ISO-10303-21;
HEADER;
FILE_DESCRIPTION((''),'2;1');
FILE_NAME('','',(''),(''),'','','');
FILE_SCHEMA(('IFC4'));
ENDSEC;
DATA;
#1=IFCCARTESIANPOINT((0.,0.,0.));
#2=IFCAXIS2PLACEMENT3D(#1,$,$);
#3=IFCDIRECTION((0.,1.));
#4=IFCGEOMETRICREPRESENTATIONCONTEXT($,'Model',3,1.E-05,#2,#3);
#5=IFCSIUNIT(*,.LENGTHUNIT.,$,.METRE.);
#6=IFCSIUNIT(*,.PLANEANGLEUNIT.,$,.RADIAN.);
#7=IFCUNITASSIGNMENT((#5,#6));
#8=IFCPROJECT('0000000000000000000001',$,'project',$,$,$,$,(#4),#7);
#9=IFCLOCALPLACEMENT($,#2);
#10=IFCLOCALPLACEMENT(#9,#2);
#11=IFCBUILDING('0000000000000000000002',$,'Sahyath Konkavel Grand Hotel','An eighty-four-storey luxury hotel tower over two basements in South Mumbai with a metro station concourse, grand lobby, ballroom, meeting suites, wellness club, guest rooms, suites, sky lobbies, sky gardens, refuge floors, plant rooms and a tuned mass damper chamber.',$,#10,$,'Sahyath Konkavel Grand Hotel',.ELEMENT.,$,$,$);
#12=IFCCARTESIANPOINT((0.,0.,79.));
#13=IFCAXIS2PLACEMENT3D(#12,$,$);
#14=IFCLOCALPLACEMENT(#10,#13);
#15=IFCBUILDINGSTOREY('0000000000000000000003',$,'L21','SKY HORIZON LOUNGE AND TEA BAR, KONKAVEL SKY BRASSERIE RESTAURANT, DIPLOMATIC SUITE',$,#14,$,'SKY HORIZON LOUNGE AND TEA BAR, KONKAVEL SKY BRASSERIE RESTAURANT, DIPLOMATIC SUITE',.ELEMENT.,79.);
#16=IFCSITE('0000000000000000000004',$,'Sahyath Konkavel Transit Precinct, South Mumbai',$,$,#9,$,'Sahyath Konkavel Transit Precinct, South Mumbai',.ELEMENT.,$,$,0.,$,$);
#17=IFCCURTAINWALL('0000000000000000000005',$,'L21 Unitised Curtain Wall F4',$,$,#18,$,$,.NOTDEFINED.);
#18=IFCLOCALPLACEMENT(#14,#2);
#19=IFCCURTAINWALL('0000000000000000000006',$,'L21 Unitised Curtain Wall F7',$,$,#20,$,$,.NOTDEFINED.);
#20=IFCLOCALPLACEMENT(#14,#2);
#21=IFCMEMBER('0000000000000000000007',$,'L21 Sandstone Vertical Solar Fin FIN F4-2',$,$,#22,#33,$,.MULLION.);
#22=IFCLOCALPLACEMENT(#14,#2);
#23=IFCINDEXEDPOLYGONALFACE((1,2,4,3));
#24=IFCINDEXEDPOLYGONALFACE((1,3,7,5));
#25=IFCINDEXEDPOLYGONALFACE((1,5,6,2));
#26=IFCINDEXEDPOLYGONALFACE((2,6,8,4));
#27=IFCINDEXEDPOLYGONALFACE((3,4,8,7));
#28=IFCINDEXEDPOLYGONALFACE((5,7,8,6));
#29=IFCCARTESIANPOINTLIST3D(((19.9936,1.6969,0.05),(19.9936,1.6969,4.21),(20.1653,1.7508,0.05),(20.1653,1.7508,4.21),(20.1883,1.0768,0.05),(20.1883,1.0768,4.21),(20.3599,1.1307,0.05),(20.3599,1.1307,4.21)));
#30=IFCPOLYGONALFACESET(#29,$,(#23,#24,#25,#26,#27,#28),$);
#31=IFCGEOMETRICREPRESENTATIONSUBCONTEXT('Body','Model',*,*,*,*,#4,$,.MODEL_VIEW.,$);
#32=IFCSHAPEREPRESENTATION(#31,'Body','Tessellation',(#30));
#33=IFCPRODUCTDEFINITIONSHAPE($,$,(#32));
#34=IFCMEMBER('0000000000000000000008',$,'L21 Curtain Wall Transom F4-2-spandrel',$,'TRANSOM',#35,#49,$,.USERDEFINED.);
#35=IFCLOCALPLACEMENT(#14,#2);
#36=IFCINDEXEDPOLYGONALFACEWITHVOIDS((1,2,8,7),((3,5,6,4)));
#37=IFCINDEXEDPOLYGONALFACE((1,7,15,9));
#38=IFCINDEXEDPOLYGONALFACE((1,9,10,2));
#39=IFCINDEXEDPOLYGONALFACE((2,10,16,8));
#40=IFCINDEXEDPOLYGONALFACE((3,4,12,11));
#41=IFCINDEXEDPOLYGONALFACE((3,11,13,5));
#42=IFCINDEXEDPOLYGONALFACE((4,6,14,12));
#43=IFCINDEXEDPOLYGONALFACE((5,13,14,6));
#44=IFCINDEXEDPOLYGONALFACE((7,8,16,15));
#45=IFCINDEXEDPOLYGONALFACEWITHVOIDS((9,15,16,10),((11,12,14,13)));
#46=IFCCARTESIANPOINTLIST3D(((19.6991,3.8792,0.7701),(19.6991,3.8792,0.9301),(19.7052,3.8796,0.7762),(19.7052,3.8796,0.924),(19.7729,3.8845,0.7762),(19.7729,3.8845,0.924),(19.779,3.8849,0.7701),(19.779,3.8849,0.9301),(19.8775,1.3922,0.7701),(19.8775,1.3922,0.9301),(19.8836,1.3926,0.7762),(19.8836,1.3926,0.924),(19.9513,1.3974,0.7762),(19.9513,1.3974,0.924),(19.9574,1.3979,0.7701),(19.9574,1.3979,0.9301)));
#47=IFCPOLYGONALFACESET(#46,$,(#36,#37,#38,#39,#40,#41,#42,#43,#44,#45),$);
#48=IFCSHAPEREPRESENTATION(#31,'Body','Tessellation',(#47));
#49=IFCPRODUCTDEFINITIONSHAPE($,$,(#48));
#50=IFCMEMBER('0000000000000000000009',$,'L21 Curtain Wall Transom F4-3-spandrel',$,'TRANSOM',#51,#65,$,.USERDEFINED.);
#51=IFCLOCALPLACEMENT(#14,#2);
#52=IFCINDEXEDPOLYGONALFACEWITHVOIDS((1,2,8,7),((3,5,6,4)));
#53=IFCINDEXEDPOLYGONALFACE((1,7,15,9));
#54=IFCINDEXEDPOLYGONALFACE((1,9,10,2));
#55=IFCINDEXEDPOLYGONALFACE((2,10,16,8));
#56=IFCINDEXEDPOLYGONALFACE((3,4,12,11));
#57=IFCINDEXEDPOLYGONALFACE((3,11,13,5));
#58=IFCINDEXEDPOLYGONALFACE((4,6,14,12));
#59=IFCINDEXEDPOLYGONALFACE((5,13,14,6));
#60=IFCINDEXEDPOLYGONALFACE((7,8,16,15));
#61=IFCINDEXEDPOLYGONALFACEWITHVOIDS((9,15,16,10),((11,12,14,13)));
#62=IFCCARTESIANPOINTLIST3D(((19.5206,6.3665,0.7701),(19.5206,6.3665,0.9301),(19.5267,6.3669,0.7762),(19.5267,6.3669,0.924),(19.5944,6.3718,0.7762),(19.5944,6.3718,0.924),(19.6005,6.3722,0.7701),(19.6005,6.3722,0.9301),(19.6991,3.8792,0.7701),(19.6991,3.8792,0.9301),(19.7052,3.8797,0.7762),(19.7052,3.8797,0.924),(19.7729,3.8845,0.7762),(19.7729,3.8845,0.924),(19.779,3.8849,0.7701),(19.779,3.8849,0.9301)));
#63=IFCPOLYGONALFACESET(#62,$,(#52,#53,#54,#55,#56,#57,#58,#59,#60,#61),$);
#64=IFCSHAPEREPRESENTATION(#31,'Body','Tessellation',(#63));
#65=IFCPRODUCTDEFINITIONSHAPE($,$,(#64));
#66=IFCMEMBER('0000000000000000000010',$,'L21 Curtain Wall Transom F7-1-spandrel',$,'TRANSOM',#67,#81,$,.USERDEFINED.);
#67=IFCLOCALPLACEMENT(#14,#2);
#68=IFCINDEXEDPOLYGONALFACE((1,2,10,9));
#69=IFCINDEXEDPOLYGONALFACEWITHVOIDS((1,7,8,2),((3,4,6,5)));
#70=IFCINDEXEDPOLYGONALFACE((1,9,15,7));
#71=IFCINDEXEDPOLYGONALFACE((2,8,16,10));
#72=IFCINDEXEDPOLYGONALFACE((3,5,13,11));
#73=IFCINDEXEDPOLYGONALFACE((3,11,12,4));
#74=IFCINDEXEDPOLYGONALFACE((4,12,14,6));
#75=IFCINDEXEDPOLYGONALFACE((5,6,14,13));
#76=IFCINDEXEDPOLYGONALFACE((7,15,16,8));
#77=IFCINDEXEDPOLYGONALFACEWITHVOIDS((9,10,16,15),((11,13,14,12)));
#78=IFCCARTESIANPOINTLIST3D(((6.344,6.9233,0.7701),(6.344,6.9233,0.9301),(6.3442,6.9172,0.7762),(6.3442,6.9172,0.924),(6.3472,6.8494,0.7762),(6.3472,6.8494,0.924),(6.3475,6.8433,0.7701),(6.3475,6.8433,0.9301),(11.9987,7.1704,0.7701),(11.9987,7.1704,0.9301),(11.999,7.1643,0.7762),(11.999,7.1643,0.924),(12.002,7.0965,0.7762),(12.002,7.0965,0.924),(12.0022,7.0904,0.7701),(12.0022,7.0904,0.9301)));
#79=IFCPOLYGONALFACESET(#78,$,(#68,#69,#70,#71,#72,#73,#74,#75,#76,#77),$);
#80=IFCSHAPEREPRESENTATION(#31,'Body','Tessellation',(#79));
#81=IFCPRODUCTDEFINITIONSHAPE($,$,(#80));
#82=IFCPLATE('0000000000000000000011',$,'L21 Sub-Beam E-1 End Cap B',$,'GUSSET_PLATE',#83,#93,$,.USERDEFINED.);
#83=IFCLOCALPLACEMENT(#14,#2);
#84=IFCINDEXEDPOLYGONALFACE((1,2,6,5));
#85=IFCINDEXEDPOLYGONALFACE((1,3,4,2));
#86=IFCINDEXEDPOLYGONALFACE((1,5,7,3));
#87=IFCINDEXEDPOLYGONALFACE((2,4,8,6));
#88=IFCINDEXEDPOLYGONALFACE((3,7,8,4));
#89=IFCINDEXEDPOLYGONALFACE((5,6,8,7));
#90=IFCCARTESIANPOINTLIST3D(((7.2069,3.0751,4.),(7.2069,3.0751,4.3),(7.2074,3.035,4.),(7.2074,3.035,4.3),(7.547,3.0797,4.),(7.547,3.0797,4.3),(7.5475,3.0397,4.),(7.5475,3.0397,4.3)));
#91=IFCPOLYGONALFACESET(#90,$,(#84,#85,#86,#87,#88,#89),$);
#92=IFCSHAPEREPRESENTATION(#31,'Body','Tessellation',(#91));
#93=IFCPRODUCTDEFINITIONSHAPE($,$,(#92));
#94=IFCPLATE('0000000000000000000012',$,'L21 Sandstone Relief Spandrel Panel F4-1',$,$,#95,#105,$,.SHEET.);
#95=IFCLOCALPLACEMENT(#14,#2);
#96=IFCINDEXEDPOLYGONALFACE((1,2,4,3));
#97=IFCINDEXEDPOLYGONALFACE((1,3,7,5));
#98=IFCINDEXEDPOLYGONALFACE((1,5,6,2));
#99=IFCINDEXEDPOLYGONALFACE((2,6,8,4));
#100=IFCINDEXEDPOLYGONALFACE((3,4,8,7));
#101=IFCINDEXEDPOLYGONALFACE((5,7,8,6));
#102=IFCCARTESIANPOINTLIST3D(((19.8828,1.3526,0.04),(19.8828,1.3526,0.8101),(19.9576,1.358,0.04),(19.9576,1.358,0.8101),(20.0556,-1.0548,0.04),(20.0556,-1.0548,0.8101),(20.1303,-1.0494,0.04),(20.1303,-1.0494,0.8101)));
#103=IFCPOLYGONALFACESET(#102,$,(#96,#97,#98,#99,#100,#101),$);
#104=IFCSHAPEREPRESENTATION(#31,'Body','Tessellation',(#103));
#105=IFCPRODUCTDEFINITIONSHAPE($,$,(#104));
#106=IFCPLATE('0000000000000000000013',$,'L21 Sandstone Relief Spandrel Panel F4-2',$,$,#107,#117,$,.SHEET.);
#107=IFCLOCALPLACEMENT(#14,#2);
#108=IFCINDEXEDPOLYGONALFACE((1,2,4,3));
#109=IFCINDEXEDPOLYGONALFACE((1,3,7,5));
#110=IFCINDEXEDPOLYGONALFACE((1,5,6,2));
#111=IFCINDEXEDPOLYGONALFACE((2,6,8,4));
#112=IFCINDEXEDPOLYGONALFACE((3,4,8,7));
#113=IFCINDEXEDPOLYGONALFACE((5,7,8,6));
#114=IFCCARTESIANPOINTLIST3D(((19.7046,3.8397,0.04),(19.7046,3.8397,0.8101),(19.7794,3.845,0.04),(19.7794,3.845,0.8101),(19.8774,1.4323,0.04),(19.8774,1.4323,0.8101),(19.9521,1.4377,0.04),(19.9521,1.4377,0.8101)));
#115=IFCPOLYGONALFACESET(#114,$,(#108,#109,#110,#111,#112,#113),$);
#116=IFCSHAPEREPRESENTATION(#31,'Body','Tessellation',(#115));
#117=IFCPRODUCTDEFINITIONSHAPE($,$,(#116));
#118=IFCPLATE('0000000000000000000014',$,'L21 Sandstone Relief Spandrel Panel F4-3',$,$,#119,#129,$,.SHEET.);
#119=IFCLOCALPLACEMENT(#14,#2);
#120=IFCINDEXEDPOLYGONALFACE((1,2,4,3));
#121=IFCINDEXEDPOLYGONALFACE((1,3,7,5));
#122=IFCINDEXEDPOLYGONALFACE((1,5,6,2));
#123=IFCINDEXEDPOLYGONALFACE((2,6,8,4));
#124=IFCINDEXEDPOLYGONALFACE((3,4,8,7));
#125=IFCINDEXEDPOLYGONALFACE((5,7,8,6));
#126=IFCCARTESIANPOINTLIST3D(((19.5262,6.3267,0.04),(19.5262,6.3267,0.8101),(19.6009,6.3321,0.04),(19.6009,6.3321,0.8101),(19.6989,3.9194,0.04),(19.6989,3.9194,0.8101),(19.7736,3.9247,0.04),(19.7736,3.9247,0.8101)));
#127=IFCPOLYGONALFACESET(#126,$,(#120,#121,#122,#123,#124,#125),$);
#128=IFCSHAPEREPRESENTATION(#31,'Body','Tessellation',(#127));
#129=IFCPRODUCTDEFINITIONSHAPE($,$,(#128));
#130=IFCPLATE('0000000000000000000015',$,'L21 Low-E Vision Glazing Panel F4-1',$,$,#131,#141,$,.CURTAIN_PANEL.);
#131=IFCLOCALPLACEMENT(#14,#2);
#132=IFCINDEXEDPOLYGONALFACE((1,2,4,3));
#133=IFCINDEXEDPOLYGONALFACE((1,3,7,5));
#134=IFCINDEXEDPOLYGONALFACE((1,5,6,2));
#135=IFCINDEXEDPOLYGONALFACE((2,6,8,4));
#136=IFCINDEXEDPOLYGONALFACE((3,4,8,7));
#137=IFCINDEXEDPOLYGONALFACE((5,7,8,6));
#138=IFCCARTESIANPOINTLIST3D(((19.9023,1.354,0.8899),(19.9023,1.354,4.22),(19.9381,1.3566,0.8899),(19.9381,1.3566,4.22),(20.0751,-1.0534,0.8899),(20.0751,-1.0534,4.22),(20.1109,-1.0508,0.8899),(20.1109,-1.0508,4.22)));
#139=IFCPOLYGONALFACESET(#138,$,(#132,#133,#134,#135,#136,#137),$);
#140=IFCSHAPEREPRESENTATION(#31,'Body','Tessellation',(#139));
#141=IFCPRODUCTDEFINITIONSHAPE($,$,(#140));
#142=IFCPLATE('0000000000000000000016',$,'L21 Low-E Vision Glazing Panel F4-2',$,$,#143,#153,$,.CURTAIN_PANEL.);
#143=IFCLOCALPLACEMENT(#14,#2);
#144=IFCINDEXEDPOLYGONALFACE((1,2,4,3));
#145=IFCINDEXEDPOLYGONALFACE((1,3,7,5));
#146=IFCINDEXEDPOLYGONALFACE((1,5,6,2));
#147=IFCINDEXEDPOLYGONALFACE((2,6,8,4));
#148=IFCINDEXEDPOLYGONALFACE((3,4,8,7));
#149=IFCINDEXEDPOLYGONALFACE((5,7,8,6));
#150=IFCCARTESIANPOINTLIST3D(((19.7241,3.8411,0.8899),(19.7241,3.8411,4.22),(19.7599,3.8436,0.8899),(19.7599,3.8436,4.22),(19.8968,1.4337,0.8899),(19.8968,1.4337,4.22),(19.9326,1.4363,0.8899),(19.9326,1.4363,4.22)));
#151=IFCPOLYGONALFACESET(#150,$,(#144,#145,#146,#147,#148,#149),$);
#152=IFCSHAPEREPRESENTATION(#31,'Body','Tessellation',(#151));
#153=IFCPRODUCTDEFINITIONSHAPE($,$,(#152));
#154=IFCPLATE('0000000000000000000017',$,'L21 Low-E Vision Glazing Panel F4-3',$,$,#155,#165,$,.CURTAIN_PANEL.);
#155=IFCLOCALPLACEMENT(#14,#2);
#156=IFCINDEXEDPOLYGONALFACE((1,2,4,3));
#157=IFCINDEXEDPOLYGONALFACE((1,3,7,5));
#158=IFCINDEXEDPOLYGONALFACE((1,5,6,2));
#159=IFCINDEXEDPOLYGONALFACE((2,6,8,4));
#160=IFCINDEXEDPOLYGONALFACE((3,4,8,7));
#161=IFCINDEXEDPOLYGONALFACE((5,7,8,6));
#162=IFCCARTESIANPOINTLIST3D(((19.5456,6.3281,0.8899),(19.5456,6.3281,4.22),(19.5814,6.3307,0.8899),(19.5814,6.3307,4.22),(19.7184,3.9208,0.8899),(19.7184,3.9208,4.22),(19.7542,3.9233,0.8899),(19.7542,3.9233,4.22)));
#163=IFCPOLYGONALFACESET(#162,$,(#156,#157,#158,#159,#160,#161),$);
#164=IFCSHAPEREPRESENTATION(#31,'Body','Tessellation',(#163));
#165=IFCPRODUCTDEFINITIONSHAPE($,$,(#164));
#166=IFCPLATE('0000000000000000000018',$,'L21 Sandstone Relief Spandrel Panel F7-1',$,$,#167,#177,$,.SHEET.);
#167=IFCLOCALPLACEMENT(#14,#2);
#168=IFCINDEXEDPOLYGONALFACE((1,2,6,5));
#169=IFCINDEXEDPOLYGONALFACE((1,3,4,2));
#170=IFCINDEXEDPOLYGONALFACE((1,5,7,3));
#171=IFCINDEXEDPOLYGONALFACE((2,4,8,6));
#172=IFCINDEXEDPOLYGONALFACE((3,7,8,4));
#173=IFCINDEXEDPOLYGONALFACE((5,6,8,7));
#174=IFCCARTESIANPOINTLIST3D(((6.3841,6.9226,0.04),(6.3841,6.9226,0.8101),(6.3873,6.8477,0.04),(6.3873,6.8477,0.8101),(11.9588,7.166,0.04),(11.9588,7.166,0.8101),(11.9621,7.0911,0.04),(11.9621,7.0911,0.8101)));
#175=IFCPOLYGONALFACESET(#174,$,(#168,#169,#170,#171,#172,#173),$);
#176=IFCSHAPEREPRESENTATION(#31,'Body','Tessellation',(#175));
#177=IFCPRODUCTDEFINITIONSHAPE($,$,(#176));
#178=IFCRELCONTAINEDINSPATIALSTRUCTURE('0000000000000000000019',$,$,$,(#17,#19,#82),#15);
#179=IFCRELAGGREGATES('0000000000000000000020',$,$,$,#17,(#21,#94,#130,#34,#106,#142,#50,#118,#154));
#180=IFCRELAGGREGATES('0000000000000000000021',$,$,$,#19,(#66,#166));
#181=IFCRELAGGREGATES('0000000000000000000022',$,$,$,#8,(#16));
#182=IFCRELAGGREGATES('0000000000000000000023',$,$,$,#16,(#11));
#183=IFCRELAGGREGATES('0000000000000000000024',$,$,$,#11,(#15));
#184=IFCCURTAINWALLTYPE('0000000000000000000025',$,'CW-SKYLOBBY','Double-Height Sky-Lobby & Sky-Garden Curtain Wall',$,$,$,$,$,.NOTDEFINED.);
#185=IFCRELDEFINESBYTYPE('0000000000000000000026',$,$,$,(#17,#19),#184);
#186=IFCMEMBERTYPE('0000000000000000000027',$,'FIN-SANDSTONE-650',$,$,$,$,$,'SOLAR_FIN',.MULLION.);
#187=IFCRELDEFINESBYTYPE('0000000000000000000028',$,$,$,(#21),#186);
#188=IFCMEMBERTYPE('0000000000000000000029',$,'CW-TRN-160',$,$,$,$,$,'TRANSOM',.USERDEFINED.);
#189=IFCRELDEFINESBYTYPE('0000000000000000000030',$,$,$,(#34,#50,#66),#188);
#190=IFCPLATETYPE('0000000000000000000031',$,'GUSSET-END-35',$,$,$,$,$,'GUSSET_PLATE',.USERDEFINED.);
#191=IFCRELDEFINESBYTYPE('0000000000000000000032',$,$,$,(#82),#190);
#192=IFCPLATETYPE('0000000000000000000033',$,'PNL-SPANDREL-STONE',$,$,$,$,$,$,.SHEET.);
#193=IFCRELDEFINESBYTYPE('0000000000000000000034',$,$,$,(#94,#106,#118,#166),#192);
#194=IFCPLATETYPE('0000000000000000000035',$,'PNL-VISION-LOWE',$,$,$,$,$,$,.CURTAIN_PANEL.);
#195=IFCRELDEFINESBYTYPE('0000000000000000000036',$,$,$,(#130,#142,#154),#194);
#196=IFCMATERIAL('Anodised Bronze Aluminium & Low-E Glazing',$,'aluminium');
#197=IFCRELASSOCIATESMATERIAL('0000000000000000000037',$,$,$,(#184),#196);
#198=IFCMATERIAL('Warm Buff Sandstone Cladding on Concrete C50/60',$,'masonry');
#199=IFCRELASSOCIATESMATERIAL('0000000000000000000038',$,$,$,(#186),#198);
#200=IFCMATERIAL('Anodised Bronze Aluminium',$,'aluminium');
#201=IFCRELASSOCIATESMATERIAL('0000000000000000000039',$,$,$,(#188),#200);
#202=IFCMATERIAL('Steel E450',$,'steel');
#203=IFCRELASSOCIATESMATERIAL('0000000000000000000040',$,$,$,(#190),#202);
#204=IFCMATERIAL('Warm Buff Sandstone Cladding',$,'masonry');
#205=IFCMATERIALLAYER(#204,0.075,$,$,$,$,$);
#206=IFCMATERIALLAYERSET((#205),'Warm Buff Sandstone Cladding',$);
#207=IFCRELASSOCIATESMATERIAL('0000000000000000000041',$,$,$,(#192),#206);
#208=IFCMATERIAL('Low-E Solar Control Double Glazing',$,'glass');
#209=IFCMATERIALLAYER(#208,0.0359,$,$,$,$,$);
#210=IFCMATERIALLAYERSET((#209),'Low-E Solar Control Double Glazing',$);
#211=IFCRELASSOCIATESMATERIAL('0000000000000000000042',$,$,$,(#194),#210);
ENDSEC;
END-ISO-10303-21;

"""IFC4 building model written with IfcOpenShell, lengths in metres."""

from ifc_helpers import new_model, si_unit, direction, frame, origin, origin_2d, place, context, subcontext, project, spatial, rectangle, hollow_rectangle, extrude, source, transform, mapped, material, layer, layer_set, material_profile, profile_set, type_object, element, aggregate, save


model = new_model("IFC4")

# Units and contexts
model_context = context("Model", 3, precision=1e-05, world=origin(), true_north=direction((0.0, 1.0)))
body_context = subcontext(model_context, "Body", "Model", "MODEL_VIEW")
ifc_project = project(units=[si_unit("LENGTHUNIT", "METRE"), si_unit("PLANEANGLEUNIT", "RADIAN")], contexts=[model_context])

# Site, building, storey
site_placement = place(None, origin())
site = spatial("IfcSite", under=ifc_project, at=site_placement, Name="Sahyath Konkavel Transit Precinct, South Mumbai", LongName="Sahyath Konkavel Transit Precinct, South Mumbai", CompositionType="ELEMENT", RefElevation=0.0)
building_placement = place(site_placement, origin())
building = spatial("IfcBuilding", under=site, at=building_placement, Name="Sahyath Konkavel Grand Hotel", Description="An eighty-four-storey luxury hotel tower over two basements in South Mumbai with a metro station concourse, grand lobby, ballroom, meeting suites, wellness club, guest rooms, suites, sky lobbies, sky gardens, refuge floors, plant rooms and a tuned mass damper chamber.", LongName="Sahyath Konkavel Grand Hotel", CompositionType="ELEMENT")
storey_placement = place(building_placement, frame((0.0, 0.0, 79.0)))
storey = spatial("IfcBuildingStorey", under=building, at=storey_placement, Name="L21", Description="SKY HORIZON LOUNGE AND TEA BAR, KONKAVEL SKY BRASSERIE RESTAURANT, DIPLOMATIC SUITE", LongName="SKY HORIZON LOUNGE AND TEA BAR, KONKAVEL SKY BRASSERIE RESTAURANT, DIPLOMATIC SUITE", CompositionType="ELEMENT", Elevation=79.0)

# Curtain wall
ifc_material_1 = material(Name="Anodised Bronze Aluminium & Low-E Glazing", Category="aluminium")
curtain_wall_type = type_object("IfcCurtainWallType", Name="CW-SKYLOBBY", Description="Double-Height Sky-Lobby & Sky-Garden Curtain Wall", PredefinedType="NOTDEFINED", material=ifc_material_1)
curtain_wall_1_placement = place(storey_placement, origin())
curtain_wall_1 = element("IfcCurtainWall", 1, at=curtain_wall_1_placement, inside=storey, type_object=curtain_wall_type, Name="L21 Unitised Curtain Wall F4", PredefinedType="NOTDEFINED")
ifc_material_2 = material(Name="Anodised Bronze Aluminium", Category="aluminium")

# Curtain wall
curtain_wall_2_placement = place(storey_placement, origin())
curtain_wall_2 = element("IfcCurtainWall", 2, at=curtain_wall_2_placement, inside=storey, type_object=curtain_wall_type, Name="L21 Unitised Curtain Wall F7", PredefinedType="NOTDEFINED")

# Members
ifc_material_3 = material(Name="Warm Buff Sandstone Cladding on Concrete C50/60", Category="masonry")
ifc_material_profile_1 = material_profile(ifc_material_3, rectangle(XDim=0.1799, YDim=0.6499, at=origin_2d()), Name="FIN 180x650")
ifc_profile_set_1 = profile_set([ifc_material_profile_1], Name="Warm Buff Sandstone Cladding on Concrete C50/60")
member_type_1 = type_object("IfcMemberType", Name="FIN-SANDSTONE-650", ElementType="SOLAR_FIN", PredefinedType="MULLION", material=ifc_profile_set_1)
shared_shape_1 = source(origin(), body_context, "Body", "SweptSolid", [
    extrude(rectangle(XDim=0.1799, YDim=0.6499, at=origin_2d()), origin(), (0.0, 0.0, 1.0), 4.1599),
])
member_1_placement = place(storey_placement, frame((20.1768, 1.4138, 0.05), z_axis=(0.0, 0.0, 1.0), x_axis=(0.954084, 0.29954, 0.0)))
member_1 = element("IfcMember", 3, at=member_1_placement, type_object=member_type_1, Name="L21 Sandstone Vertical Solar Fin FIN F4-2", PredefinedType="MULLION", context=body_context, shape_type="MappedRepresentation", body=[
    mapped(shared_shape_1, transform((0.0, 0.0, 0.0), scale=1.0)),
])
ifc_material_profile_2 = material_profile(ifc_material_2, hollow_rectangle(XDim=0.0801, YDim=0.1599, WallThickness=0.0061, at=origin_2d()), Name="RHS 160x80x6")
ifc_profile_set_2 = profile_set([ifc_material_profile_2], Name="Anodised Bronze Aluminium")
member_type_2 = type_object("IfcMemberType", Name="CW-TRN-160", ElementType="TRANSOM", PredefinedType="USERDEFINED", material=ifc_profile_set_2)
shared_shape_2 = source(origin(), body_context, "Body", "SweptSolid", [
    extrude(hollow_rectangle(XDim=0.0801, YDim=0.1599, WallThickness=0.0061, at=origin_2d()), origin(), (0.0, 0.0, 1.0), 2.4934),
])
member_2_placement = place(storey_placement, frame((19.9175, 1.395, 0.8501), z_axis=(-0.071574, 0.997435, 0.0), x_axis=(-0.997435, -0.071574, 0.0)))
member_2 = element("IfcMember", 4, at=member_2_placement, type_object=member_type_2, Name="L21 Curtain Wall Transom F4-2-spandrel", ObjectType="TRANSOM", PredefinedType="USERDEFINED", context=body_context, shape_type="MappedRepresentation", body=[
    mapped(shared_shape_2, transform((0.0, 0.0, 0.0), scale=1.0)),
])
shared_shape_3 = source(origin(), body_context, "Body", "SweptSolid", [
    extrude(hollow_rectangle(XDim=0.0801, YDim=0.1599, WallThickness=0.0061, at=origin_2d()), origin(), (0.0, 0.0, 1.0), 2.4937),
])
member_3_placement = place(storey_placement, frame((19.739, 3.8821, 0.8501), z_axis=(-0.071567, 0.997436, 0.0), x_axis=(-0.997436, -0.071567, 0.0)))
member_3 = element("IfcMember", 5, at=member_3_placement, type_object=member_type_2, Name="L21 Curtain Wall Transom F4-3-spandrel", ObjectType="TRANSOM", PredefinedType="USERDEFINED", context=body_context, shape_type="MappedRepresentation", body=[
    mapped(shared_shape_3, transform((0.0, 0.0, 0.0), scale=1.0)),
])
shared_shape_4 = source(origin(), body_context, "Body", "SweptSolid", [
    extrude(hollow_rectangle(XDim=0.0801, YDim=0.1599, WallThickness=0.0061, at=origin_2d()), origin(), (0.0, 0.0, 1.0), 5.6602),
])
member_4_placement = place(storey_placement, frame((12.0005, 7.1304, 0.8501), z_axis=(-0.999047, -0.043651, 0.0), x_axis=(0.043651, -0.999047, 0.0)))
member_4 = element("IfcMember", 6, at=member_4_placement, type_object=member_type_2, Name="L21 Curtain Wall Transom F7-1-spandrel", ObjectType="TRANSOM", PredefinedType="USERDEFINED", context=body_context, shape_type="MappedRepresentation", body=[
    mapped(shared_shape_4, transform((0.0, 0.0, 0.0), scale=1.0)),
])

# Plates
ifc_material_4 = material(Name="Steel E450", Category="steel")
plate_type_1 = type_object("IfcPlateType", Name="GUSSET-END-35", ElementType="GUSSET_PLATE", PredefinedType="USERDEFINED", material=ifc_material_4)
shared_shape_5 = source(origin(), body_context, "Body", "SweptSolid", [
    extrude(rectangle(XDim=0.04, YDim=0.3401, at=origin_2d()), origin(), (0.0, 0.0, 1.0), 0.3),
])
plate_1_placement = place(storey_placement, frame((7.3772, 3.0574, 4.0), z_axis=(0.0, 0.0, 1.0), x_axis=(-0.013683, 0.999906, 0.0)))
element("IfcPlate", 7, at=plate_1_placement, inside=storey, type_object=plate_type_1, Name="L21 Sub-Beam E-1 End Cap B", ObjectType="GUSSET_PLATE", PredefinedType="USERDEFINED", context=body_context, shape_type="MappedRepresentation", body=[
    mapped(shared_shape_5, transform((0.0, 0.0, 0.0), scale=1.0)),
])
ifc_material_5 = material(Name="Warm Buff Sandstone Cladding", Category="masonry")
ifc_layer_1 = layer(ifc_material_5, 0.075)
ifc_layer_set_1 = layer_set([ifc_layer_1], Name="Warm Buff Sandstone Cladding")
plate_type_2 = type_object("IfcPlateType", Name="PNL-SPANDREL-STONE", PredefinedType="SHEET", material=ifc_layer_set_1)
shared_shape_6 = source(origin(), body_context, "Body", "SweptSolid", [
    extrude(rectangle(XDim=2.4136, YDim=0.075, at=origin_2d()), origin(), (0.0, 0.0, 1.0), 0.77),
])
plate_2_placement = place(storey_placement, frame((20.0066, 0.1516, 0.04), z_axis=(0.0, 0.0, 1.0), x_axis=(-0.071567, 0.997436, 0.0)))
plate_2 = element("IfcPlate", 8, at=plate_2_placement, type_object=plate_type_2, Name="L21 Sandstone Relief Spandrel Panel F4-1", PredefinedType="SHEET", context=body_context, shape_type="MappedRepresentation", body=[
    mapped(shared_shape_6, transform((0.0, 0.0, 0.0), scale=1.0)),
])
plate_3_placement = place(storey_placement, frame((19.8284, 2.6387, 0.04), z_axis=(0.0, 0.0, 1.0), x_axis=(-0.071567, 0.997436, 0.0)))
plate_3 = element("IfcPlate", 9, at=plate_3_placement, type_object=plate_type_2, Name="L21 Sandstone Relief Spandrel Panel F4-2", PredefinedType="SHEET", context=body_context, shape_type="MappedRepresentation", body=[
    mapped(shared_shape_6, transform((0.0, 0.0, 0.0), scale=1.0)),
])
plate_4_placement = place(storey_placement, frame((19.6499, 5.1257, 0.04), z_axis=(0.0, 0.0, 1.0), x_axis=(-0.071567, 0.997436, 0.0)))
plate_4 = element("IfcPlate", 10, at=plate_4_placement, type_object=plate_type_2, Name="L21 Sandstone Relief Spandrel Panel F4-3", PredefinedType="SHEET", context=body_context, shape_type="MappedRepresentation", body=[
    mapped(shared_shape_6, transform((0.0, 0.0, 0.0), scale=1.0)),
])
ifc_material_6 = material(Name="Low-E Solar Control Double Glazing", Category="glass")
ifc_layer_2 = layer(ifc_material_6, 0.0359)
ifc_layer_set_2 = layer_set([ifc_layer_2], Name="Low-E Solar Control Double Glazing")
plate_type_3 = type_object("IfcPlateType", Name="PNL-VISION-LOWE", PredefinedType="CURTAIN_PANEL", material=ifc_layer_set_2)
shared_shape_7 = source(origin(), body_context, "Body", "SweptSolid", [
    extrude(rectangle(XDim=2.4136, YDim=0.0359, at=origin_2d()), origin(), (0.0, 0.0, 1.0), 3.3301),
])
plate_5_placement = place(storey_placement, frame((20.0066, 0.1516, 0.8899), z_axis=(0.0, 0.0, 1.0), x_axis=(-0.071567, 0.997436, 0.0)))
plate_5 = element("IfcPlate", 11, at=plate_5_placement, type_object=plate_type_3, Name="L21 Low-E Vision Glazing Panel F4-1", PredefinedType="CURTAIN_PANEL", context=body_context, shape_type="MappedRepresentation", body=[
    mapped(shared_shape_7, transform((0.0, 0.0, 0.0), scale=1.0)),
])
plate_6_placement = place(storey_placement, frame((19.8284, 2.6387, 0.8899), z_axis=(0.0, 0.0, 1.0), x_axis=(-0.071567, 0.997436, 0.0)))
plate_6 = element("IfcPlate", 12, at=plate_6_placement, type_object=plate_type_3, Name="L21 Low-E Vision Glazing Panel F4-2", PredefinedType="CURTAIN_PANEL", context=body_context, shape_type="MappedRepresentation", body=[
    mapped(shared_shape_7, transform((0.0, 0.0, 0.0), scale=1.0)),
])
plate_7_placement = place(storey_placement, frame((19.6499, 5.1257, 0.8899), z_axis=(0.0, 0.0, 1.0), x_axis=(-0.071567, 0.997436, 0.0)))
plate_7 = element("IfcPlate", 13, at=plate_7_placement, type_object=plate_type_3, Name="L21 Low-E Vision Glazing Panel F4-3", PredefinedType="CURTAIN_PANEL", context=body_context, shape_type="MappedRepresentation", body=[
    mapped(shared_shape_7, transform((0.0, 0.0, 0.0), scale=1.0)),
])
aggregate(curtain_wall_1, [member_1, plate_2, plate_5, member_2, plate_3, plate_6, member_3, plate_4, plate_7])
shared_shape_8 = source(origin(), body_context, "Body", "SweptSolid", [
    extrude(rectangle(XDim=5.5801, YDim=0.075, at=origin_2d()), origin(), (0.0, 0.0, 1.0), 0.77),
])
plate_8_placement = place(storey_placement, frame((9.1731, 7.0068, 0.04), z_axis=(0.0, 0.0, 1.0), x_axis=(-0.999048, -0.043619, 0.0)))
plate_8 = element("IfcPlate", 14, at=plate_8_placement, type_object=plate_type_2, Name="L21 Sandstone Relief Spandrel Panel F7-1", PredefinedType="SHEET", context=body_context, shape_type="MappedRepresentation", body=[
    mapped(shared_shape_8, transform((0.0, 0.0, 0.0), scale=1.0)),
])
aggregate(curtain_wall_2, [member_4, plate_8])

save(model, "model.ifc")
